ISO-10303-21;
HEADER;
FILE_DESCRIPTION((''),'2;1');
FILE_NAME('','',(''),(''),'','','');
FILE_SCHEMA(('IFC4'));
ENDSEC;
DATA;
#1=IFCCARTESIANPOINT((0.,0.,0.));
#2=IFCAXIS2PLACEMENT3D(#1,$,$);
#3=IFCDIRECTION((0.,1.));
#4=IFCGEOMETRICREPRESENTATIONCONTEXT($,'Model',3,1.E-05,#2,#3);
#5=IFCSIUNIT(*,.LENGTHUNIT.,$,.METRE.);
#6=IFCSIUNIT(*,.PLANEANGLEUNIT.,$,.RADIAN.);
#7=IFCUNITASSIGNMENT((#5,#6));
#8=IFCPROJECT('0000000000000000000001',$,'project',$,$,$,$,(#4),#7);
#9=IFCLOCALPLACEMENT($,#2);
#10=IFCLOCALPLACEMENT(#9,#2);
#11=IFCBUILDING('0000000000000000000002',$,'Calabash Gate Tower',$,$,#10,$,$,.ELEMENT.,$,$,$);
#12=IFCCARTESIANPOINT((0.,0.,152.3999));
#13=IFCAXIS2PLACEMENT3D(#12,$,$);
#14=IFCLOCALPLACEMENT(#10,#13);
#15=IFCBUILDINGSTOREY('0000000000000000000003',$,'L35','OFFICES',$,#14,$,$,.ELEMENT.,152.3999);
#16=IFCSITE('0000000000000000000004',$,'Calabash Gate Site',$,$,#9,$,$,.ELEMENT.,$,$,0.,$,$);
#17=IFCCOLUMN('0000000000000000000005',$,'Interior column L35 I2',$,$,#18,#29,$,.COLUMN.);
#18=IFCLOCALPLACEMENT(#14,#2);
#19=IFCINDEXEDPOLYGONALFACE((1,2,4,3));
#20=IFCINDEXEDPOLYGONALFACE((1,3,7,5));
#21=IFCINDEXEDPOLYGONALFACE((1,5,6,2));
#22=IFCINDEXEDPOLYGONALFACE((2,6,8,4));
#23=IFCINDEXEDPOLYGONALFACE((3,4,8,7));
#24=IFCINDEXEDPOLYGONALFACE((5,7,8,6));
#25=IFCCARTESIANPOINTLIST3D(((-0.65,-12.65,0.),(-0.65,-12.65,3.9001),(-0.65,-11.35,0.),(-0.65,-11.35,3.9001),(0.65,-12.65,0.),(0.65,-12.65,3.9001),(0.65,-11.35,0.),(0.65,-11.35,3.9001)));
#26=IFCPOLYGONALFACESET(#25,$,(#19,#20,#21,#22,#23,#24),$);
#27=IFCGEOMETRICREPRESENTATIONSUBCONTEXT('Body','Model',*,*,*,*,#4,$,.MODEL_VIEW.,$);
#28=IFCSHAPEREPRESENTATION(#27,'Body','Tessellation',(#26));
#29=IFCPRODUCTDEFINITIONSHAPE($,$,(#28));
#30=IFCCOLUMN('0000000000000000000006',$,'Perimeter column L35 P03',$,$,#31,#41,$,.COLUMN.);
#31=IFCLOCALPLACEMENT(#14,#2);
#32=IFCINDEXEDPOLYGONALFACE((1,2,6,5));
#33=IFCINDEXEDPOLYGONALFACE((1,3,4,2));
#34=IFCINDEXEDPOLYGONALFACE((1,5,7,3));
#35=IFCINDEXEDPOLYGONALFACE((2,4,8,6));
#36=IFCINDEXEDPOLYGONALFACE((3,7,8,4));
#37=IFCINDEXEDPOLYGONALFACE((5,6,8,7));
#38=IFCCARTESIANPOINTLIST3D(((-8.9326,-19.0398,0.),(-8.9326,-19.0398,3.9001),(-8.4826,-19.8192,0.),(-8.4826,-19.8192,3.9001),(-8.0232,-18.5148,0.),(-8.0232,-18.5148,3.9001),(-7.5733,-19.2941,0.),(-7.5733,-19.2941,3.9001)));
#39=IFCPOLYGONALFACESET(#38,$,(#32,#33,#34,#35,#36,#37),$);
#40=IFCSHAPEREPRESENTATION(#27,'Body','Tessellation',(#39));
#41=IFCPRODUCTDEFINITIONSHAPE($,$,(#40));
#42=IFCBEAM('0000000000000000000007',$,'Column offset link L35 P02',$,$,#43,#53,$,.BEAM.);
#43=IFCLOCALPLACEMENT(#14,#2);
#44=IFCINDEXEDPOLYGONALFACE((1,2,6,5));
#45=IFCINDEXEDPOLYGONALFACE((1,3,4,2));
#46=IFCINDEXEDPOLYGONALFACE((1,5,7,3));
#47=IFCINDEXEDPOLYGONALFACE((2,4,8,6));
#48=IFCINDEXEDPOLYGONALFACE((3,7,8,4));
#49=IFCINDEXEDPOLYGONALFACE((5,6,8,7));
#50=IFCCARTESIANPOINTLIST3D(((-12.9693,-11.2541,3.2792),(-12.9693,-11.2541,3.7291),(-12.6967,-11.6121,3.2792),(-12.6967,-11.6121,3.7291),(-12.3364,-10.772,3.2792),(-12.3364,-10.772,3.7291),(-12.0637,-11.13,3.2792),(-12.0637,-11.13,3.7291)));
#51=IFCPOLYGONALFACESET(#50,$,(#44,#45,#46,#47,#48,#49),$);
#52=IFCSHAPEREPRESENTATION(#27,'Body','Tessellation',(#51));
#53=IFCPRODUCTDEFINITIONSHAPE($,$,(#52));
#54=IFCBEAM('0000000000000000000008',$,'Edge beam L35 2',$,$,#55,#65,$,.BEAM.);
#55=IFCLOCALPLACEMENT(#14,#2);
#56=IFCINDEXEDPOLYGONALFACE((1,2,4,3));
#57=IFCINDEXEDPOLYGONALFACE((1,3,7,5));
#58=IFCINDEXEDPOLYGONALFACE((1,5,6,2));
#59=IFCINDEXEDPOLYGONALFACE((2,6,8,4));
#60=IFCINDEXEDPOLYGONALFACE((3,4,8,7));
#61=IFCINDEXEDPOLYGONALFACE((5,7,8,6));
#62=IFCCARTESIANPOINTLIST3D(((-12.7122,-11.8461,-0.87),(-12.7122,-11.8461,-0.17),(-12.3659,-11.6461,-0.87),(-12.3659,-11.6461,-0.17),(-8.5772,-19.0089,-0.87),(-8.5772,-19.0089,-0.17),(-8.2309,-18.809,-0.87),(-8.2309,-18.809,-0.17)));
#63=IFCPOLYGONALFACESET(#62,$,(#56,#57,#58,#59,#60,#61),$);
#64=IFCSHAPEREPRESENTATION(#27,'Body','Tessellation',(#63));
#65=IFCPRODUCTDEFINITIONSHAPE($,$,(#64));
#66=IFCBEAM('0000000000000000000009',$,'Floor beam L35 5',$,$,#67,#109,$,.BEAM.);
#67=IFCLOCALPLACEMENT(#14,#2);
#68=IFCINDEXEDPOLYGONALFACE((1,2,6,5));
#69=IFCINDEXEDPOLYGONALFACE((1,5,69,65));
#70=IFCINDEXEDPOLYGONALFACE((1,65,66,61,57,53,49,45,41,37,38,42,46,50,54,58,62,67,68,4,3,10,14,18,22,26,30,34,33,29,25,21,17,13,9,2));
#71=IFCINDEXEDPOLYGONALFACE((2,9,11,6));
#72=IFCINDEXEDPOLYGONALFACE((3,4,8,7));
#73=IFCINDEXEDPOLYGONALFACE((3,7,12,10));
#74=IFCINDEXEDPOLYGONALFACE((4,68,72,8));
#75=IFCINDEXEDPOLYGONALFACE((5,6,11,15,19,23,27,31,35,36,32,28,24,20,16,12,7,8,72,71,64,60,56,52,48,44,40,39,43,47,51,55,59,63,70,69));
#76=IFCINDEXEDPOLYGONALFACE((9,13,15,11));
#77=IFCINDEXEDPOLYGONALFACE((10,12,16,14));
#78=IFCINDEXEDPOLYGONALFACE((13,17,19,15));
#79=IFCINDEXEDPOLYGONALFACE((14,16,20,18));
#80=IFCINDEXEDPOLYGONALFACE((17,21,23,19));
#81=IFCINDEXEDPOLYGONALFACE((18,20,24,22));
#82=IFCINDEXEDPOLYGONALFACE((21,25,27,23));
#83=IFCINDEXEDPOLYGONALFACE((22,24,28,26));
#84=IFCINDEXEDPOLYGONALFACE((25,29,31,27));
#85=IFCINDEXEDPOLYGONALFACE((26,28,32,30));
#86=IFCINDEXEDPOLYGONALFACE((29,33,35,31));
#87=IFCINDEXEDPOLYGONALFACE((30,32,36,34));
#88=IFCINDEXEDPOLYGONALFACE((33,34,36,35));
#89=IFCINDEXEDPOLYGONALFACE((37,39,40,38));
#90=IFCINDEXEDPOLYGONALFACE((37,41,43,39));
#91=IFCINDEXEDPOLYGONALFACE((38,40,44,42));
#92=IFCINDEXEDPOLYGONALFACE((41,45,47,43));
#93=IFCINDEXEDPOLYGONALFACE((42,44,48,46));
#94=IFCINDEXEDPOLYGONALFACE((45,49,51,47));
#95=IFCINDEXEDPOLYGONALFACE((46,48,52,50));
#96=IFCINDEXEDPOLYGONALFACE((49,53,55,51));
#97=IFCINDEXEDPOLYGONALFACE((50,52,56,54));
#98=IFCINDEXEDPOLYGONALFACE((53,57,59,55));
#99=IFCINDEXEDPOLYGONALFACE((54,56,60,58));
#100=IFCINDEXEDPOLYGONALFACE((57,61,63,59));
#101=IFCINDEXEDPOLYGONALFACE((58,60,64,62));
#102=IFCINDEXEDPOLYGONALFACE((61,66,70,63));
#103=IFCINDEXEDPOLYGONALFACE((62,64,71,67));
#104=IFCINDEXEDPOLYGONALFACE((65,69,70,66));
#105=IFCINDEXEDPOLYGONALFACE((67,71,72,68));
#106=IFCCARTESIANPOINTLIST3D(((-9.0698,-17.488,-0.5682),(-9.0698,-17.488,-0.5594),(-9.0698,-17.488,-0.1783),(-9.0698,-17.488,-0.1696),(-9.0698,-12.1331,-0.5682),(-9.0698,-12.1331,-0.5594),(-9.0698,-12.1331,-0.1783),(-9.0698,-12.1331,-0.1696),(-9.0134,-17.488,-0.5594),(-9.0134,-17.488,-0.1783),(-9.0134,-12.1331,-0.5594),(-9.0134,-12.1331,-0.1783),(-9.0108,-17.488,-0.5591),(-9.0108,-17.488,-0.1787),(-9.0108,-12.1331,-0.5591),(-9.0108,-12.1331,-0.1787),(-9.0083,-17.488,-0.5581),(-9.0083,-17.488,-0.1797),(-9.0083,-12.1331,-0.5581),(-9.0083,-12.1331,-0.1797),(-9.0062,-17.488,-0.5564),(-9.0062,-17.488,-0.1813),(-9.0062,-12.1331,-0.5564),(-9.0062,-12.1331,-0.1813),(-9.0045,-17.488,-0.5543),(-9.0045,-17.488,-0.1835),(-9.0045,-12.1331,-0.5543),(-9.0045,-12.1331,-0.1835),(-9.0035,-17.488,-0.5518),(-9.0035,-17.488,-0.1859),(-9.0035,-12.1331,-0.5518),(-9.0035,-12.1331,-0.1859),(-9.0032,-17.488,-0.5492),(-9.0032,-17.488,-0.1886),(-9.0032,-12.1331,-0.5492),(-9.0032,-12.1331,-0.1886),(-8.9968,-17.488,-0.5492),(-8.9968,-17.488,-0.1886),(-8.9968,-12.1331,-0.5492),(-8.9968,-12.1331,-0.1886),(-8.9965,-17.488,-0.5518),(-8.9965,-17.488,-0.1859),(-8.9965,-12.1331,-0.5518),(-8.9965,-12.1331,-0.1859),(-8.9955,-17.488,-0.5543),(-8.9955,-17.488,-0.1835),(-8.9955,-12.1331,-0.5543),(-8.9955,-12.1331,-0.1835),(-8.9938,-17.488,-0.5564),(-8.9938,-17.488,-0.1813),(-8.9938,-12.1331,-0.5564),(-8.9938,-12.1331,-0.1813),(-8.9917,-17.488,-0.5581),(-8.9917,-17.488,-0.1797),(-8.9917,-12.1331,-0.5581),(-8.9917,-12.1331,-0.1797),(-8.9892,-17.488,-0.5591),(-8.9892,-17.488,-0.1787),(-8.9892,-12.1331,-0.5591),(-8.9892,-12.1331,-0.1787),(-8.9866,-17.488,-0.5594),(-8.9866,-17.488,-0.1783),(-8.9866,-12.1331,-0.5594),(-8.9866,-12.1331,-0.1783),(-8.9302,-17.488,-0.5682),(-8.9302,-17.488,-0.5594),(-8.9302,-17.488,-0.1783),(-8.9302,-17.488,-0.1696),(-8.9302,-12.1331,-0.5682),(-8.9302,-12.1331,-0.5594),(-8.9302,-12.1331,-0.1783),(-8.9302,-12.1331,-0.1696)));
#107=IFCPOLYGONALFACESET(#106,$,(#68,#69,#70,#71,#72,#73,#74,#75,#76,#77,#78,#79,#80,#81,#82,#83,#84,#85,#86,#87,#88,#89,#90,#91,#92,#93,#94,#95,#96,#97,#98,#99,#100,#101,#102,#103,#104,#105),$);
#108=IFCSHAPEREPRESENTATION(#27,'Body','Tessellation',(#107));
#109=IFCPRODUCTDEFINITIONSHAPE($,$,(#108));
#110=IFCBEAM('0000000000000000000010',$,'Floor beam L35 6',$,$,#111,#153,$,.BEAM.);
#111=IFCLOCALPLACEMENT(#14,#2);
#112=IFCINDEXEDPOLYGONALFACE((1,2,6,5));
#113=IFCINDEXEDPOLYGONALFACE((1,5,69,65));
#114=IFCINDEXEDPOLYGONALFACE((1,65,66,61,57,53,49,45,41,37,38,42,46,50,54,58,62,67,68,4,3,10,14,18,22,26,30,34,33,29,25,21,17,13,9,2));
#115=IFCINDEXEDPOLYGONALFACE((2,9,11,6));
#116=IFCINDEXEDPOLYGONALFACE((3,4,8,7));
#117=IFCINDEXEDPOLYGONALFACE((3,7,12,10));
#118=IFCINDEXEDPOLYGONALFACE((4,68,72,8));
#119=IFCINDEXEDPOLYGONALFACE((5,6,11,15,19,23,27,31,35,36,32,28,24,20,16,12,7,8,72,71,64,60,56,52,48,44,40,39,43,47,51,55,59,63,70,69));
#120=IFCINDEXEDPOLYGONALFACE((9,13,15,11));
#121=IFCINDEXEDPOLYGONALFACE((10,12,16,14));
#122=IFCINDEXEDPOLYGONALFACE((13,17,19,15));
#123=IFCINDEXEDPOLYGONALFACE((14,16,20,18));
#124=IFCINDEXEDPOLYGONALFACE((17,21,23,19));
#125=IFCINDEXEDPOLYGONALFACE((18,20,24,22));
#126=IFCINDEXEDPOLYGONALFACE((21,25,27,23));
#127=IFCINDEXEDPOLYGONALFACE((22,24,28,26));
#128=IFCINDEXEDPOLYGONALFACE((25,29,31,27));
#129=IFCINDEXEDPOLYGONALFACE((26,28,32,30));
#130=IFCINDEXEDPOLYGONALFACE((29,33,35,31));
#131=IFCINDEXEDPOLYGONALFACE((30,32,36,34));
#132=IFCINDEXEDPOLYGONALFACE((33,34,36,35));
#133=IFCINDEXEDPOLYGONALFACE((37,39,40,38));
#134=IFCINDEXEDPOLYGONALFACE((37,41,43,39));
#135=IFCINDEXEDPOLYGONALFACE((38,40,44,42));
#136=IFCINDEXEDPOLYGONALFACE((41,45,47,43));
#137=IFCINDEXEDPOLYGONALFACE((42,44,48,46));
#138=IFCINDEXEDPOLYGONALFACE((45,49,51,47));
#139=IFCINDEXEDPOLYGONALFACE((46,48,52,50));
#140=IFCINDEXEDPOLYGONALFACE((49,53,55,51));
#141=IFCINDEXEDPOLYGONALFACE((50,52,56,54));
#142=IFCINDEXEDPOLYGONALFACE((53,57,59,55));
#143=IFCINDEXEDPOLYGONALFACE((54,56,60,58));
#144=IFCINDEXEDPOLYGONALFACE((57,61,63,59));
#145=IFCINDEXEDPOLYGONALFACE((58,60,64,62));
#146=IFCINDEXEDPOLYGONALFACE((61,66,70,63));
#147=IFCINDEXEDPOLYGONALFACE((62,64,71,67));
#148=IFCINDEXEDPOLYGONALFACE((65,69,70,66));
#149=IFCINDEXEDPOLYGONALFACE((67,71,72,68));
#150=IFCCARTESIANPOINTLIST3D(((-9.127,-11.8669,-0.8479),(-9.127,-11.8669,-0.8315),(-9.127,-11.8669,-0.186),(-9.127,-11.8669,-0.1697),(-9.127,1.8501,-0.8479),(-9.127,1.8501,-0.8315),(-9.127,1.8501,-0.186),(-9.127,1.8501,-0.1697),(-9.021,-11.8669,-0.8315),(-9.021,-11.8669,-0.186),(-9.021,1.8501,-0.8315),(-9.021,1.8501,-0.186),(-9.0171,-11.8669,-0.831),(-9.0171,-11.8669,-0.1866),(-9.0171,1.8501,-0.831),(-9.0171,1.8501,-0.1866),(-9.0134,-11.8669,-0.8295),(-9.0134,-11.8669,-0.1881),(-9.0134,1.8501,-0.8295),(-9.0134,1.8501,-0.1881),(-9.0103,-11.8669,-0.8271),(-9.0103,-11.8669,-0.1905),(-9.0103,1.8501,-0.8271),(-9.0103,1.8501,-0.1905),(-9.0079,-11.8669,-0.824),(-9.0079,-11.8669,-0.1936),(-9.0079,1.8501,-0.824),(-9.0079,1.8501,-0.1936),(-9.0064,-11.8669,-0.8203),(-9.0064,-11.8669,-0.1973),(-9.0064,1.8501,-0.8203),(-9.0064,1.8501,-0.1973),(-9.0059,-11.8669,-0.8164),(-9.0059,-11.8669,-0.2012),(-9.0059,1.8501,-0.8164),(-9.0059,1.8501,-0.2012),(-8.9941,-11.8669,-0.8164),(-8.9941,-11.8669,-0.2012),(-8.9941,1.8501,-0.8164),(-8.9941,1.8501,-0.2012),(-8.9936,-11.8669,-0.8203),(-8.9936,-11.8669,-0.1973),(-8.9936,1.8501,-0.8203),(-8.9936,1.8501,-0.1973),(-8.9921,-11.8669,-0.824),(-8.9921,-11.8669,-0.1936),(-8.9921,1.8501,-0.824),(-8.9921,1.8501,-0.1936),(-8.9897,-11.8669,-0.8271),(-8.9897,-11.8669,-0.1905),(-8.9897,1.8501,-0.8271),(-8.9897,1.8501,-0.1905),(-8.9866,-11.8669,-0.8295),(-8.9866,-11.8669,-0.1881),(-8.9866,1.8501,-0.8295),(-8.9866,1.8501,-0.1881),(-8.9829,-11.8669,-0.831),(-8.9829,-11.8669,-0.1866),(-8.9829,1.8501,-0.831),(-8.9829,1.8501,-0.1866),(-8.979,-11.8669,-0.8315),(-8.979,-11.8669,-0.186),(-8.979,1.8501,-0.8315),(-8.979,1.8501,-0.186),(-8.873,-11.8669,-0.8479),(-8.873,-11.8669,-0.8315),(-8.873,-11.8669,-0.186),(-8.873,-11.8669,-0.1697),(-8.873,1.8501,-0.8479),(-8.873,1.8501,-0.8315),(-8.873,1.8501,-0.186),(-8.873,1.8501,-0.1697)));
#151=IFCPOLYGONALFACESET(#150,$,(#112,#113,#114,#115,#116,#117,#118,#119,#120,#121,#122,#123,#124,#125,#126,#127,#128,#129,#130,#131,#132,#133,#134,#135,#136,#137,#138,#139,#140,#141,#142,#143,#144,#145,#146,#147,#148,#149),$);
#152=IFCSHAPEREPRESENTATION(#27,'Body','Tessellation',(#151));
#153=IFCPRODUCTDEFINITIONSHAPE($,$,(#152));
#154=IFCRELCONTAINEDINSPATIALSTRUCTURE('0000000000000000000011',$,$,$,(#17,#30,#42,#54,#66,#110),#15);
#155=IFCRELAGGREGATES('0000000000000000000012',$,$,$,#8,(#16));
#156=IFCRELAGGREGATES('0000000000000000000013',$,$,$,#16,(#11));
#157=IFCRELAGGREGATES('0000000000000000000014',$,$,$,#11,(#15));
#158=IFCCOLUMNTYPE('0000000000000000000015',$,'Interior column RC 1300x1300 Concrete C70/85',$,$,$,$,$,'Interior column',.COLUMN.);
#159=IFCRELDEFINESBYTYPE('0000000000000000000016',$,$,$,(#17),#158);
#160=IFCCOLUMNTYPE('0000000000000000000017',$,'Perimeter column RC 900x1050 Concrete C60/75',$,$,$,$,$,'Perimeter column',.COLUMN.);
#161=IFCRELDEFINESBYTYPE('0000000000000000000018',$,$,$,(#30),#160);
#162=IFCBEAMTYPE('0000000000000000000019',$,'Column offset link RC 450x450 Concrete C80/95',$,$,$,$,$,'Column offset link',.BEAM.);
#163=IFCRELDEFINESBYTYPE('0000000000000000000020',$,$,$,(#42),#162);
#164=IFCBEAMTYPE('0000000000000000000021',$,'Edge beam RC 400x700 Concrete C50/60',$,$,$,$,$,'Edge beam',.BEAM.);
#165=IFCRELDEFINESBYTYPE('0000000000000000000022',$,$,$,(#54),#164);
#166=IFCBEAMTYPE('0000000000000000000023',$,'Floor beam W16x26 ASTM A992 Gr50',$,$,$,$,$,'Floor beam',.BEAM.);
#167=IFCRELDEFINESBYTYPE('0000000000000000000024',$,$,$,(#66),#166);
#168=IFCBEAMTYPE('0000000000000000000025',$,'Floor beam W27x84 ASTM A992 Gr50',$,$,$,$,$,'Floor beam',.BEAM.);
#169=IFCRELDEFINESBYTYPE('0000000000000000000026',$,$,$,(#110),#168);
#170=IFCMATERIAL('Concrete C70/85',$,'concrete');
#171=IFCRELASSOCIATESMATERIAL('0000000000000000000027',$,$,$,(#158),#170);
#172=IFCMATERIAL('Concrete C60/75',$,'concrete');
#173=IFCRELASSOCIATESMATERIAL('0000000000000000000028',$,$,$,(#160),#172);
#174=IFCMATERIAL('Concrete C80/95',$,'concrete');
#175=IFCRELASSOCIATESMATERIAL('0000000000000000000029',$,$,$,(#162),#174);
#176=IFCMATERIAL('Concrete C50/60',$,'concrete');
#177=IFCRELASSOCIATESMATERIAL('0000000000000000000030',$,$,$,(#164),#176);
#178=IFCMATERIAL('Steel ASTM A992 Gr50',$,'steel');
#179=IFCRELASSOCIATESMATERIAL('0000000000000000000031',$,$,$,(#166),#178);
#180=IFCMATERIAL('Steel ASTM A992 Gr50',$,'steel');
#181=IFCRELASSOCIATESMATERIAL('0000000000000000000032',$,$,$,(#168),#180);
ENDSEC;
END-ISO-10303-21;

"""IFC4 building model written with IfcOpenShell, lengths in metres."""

from ifc_helpers import new_model, si_unit, direction, frame, origin, origin_2d, place, context, subcontext, project, spatial, rectangle, i_section, extrude, material, material_profile, profile_set, type_object, element, save


model = new_model("IFC4")

# Units and contexts
model_context = context("Model", 3, precision=1e-05, world=origin(), true_north=direction((0.0, 1.0)))
body_context = subcontext(model_context, "Body", "Model", "MODEL_VIEW")
ifc_project = project(units=[si_unit("LENGTHUNIT", "METRE"), si_unit("PLANEANGLEUNIT", "RADIAN")], contexts=[model_context])

# Site, building, storey
site_placement = place(None, origin())
site = spatial("IfcSite", under=ifc_project, at=site_placement, Name="Calabash Gate Site", CompositionType="ELEMENT", RefElevation=0.0)
building_placement = place(site_placement, origin())
building = spatial("IfcBuilding", under=site, at=building_placement, Name="Calabash Gate Tower", CompositionType="ELEMENT")
storey_placement = place(building_placement, frame((0.0, 0.0, 152.3999)))
storey = spatial("IfcBuildingStorey", under=building, at=storey_placement, Name="L35", Description="OFFICES", CompositionType="ELEMENT", Elevation=152.3999)

# Columns
ifc_material_1 = material(Name="Concrete C70/85", Category="concrete")
ifc_material_profile_1 = material_profile(ifc_material_1, rectangle(XDim=1.3, YDim=1.3, at=origin_2d()))
ifc_profile_set_1 = profile_set([ifc_material_profile_1], Name="Concrete C70/85")
column_type_1 = type_object("IfcColumnType", Name="Interior column RC 1300x1300 Concrete C70/85", ElementType="Interior column", PredefinedType="COLUMN", material=ifc_profile_set_1)
column_1_placement = place(storey_placement, frame((0.0, -12.0, 0.0), z_axis=(0.0, 0.0, 1.0), x_axis=(1.0, 0.0, 0.0)))
element("IfcColumn", 1, at=column_1_placement, inside=storey, type_object=column_type_1, Name="Interior column L35 I2", PredefinedType="COLUMN", context=body_context, shape_type="SweptSolid", body=[
    extrude(rectangle(XDim=1.3, YDim=1.3, at=origin_2d()), origin(), (0.0, 0.0, 1.0), 3.9001),
])
ifc_material_2 = material(Name="Concrete C60/75", Category="concrete")
ifc_material_profile_2 = material_profile(ifc_material_2, rectangle(XDim=0.8999, YDim=1.05, at=origin_2d()))
ifc_profile_set_2 = profile_set([ifc_material_profile_2], Name="Concrete C60/75")
column_type_2 = type_object("IfcColumnType", Name="Perimeter column RC 900x1050 Concrete C60/75", ElementType="Perimeter column", PredefinedType="COLUMN", material=ifc_profile_set_2)
column_2_placement = place(storey_placement, frame((-8.2529, -19.167, 0.0), z_axis=(0.0, 0.0, 1.0), x_axis=(0.5, -0.866025, 0.0)))
element("IfcColumn", 2, at=column_2_placement, inside=storey, type_object=column_type_2, Name="Perimeter column L35 P03", PredefinedType="COLUMN", context=body_context, shape_type="SweptSolid", body=[
    extrude(rectangle(XDim=0.8999, YDim=1.05, at=origin_2d()), origin(), (0.0, 0.0, 1.0), 3.9001),
])

# Beams
ifc_material_3 = material(Name="Concrete C80/95", Category="concrete")
ifc_material_profile_3 = material_profile(ifc_material_3, rectangle(XDim=0.45, YDim=0.45, at=origin_2d()))
ifc_profile_set_3 = profile_set([ifc_material_profile_3], Name="Concrete C80/95")
beam_type_1 = type_object("IfcBeamType", Name="Column offset link RC 450x450 Concrete C80/95", ElementType="Column offset link", PredefinedType="BEAM", material=ifc_profile_set_3)
beam_1_placement = place(storey_placement, frame((-12.833, -11.4331, 3.5042), z_axis=(0.795523, 0.605923, 0.0), x_axis=(-0.605923, 0.795523, 0.0)))
element("IfcBeam", 3, at=beam_1_placement, inside=storey, type_object=beam_type_1, Name="Column offset link L35 P02", PredefinedType="BEAM", context=body_context, shape_type="SweptSolid", body=[
    extrude(rectangle(XDim=0.45, YDim=0.45, at=origin_2d()), origin(), (0.0, 0.0, 1.0), 0.7957),
])
ifc_material_4 = material(Name="Concrete C50/60", Category="concrete")
ifc_material_profile_4 = material_profile(ifc_material_4, rectangle(XDim=0.3999, YDim=0.7, at=origin_2d()))
ifc_profile_set_4 = profile_set([ifc_material_profile_4], Name="Concrete C50/60")
beam_type_2 = type_object("IfcBeamType", Name="Edge beam RC 400x700 Concrete C50/60", ElementType="Edge beam", PredefinedType="BEAM", material=ifc_profile_set_4)
beam_2_placement = place(storey_placement, frame((-12.5391, -11.7461, -0.52), z_axis=(0.499958, -0.866049, 0.0), x_axis=(0.866049, 0.499958, 0.0)))
element("IfcBeam", 4, at=beam_2_placement, inside=storey, type_object=beam_type_2, Name="Edge beam L35 2", PredefinedType="BEAM", context=body_context, shape_type="SweptSolid", body=[
    extrude(rectangle(XDim=0.3999, YDim=0.7, at=origin_2d()), origin(), (0.0, 0.0, 1.0), 8.2708),
])
ifc_material_5 = material(Name="Steel ASTM A992 Gr50", Category="steel")
ifc_material_profile_5 = material_profile(ifc_material_5, i_section(OverallWidth=0.1396, OverallDepth=0.3987, WebThickness=0.0063, FlangeThickness=0.0088, FilletRadius=0.0103, at=origin_2d()))
ifc_profile_set_5 = profile_set([ifc_material_profile_5], Name="Steel ASTM A992 Gr50")
beam_type_3 = type_object("IfcBeamType", Name="Floor beam W16x26 ASTM A992 Gr50", ElementType="Floor beam", PredefinedType="BEAM", material=ifc_profile_set_5)
beam_3_placement = place(storey_placement, frame((-9.0, -17.488, -0.3689), z_axis=(0.0, 1.0, 0.0), x_axis=(-1.0, 0.0, 0.0)))
element("IfcBeam", 5, at=beam_3_placement, inside=storey, type_object=beam_type_3, Name="Floor beam L35 5", PredefinedType="BEAM", context=body_context, shape_type="SweptSolid", body=[
    extrude(i_section(OverallWidth=0.1396, OverallDepth=0.3987, WebThickness=0.0063, FlangeThickness=0.0088, FilletRadius=0.0103, at=origin_2d()), origin(), (0.0, 0.0, 1.0), 5.355),
])
ifc_material_6 = material(Name="Steel ASTM A992 Gr50", Category="steel")
ifc_material_profile_6 = material_profile(ifc_material_6, i_section(OverallWidth=0.2539, OverallDepth=0.6782, WebThickness=0.0117, FlangeThickness=0.0164, FilletRadius=0.0151, at=origin_2d()))
ifc_profile_set_6 = profile_set([ifc_material_profile_6], Name="Steel ASTM A992 Gr50")
beam_type_4 = type_object("IfcBeamType", Name="Floor beam W27x84 ASTM A992 Gr50", ElementType="Floor beam", PredefinedType="BEAM", material=ifc_profile_set_6)
beam_4_placement = place(storey_placement, frame((-9.0, -11.8669, -0.5088), z_axis=(0.0, 1.0, 0.0), x_axis=(-1.0, 0.0, 0.0)))
element("IfcBeam", 6, at=beam_4_placement, inside=storey, type_object=beam_type_4, Name="Floor beam L35 6", PredefinedType="BEAM", context=body_context, shape_type="SweptSolid", body=[
    extrude(i_section(OverallWidth=0.2539, OverallDepth=0.6782, WebThickness=0.0117, FlangeThickness=0.0164, FilletRadius=0.0151, at=origin_2d()), origin(), (0.0, 0.0, 1.0), 13.717),
])

save(model, "model.ifc")
